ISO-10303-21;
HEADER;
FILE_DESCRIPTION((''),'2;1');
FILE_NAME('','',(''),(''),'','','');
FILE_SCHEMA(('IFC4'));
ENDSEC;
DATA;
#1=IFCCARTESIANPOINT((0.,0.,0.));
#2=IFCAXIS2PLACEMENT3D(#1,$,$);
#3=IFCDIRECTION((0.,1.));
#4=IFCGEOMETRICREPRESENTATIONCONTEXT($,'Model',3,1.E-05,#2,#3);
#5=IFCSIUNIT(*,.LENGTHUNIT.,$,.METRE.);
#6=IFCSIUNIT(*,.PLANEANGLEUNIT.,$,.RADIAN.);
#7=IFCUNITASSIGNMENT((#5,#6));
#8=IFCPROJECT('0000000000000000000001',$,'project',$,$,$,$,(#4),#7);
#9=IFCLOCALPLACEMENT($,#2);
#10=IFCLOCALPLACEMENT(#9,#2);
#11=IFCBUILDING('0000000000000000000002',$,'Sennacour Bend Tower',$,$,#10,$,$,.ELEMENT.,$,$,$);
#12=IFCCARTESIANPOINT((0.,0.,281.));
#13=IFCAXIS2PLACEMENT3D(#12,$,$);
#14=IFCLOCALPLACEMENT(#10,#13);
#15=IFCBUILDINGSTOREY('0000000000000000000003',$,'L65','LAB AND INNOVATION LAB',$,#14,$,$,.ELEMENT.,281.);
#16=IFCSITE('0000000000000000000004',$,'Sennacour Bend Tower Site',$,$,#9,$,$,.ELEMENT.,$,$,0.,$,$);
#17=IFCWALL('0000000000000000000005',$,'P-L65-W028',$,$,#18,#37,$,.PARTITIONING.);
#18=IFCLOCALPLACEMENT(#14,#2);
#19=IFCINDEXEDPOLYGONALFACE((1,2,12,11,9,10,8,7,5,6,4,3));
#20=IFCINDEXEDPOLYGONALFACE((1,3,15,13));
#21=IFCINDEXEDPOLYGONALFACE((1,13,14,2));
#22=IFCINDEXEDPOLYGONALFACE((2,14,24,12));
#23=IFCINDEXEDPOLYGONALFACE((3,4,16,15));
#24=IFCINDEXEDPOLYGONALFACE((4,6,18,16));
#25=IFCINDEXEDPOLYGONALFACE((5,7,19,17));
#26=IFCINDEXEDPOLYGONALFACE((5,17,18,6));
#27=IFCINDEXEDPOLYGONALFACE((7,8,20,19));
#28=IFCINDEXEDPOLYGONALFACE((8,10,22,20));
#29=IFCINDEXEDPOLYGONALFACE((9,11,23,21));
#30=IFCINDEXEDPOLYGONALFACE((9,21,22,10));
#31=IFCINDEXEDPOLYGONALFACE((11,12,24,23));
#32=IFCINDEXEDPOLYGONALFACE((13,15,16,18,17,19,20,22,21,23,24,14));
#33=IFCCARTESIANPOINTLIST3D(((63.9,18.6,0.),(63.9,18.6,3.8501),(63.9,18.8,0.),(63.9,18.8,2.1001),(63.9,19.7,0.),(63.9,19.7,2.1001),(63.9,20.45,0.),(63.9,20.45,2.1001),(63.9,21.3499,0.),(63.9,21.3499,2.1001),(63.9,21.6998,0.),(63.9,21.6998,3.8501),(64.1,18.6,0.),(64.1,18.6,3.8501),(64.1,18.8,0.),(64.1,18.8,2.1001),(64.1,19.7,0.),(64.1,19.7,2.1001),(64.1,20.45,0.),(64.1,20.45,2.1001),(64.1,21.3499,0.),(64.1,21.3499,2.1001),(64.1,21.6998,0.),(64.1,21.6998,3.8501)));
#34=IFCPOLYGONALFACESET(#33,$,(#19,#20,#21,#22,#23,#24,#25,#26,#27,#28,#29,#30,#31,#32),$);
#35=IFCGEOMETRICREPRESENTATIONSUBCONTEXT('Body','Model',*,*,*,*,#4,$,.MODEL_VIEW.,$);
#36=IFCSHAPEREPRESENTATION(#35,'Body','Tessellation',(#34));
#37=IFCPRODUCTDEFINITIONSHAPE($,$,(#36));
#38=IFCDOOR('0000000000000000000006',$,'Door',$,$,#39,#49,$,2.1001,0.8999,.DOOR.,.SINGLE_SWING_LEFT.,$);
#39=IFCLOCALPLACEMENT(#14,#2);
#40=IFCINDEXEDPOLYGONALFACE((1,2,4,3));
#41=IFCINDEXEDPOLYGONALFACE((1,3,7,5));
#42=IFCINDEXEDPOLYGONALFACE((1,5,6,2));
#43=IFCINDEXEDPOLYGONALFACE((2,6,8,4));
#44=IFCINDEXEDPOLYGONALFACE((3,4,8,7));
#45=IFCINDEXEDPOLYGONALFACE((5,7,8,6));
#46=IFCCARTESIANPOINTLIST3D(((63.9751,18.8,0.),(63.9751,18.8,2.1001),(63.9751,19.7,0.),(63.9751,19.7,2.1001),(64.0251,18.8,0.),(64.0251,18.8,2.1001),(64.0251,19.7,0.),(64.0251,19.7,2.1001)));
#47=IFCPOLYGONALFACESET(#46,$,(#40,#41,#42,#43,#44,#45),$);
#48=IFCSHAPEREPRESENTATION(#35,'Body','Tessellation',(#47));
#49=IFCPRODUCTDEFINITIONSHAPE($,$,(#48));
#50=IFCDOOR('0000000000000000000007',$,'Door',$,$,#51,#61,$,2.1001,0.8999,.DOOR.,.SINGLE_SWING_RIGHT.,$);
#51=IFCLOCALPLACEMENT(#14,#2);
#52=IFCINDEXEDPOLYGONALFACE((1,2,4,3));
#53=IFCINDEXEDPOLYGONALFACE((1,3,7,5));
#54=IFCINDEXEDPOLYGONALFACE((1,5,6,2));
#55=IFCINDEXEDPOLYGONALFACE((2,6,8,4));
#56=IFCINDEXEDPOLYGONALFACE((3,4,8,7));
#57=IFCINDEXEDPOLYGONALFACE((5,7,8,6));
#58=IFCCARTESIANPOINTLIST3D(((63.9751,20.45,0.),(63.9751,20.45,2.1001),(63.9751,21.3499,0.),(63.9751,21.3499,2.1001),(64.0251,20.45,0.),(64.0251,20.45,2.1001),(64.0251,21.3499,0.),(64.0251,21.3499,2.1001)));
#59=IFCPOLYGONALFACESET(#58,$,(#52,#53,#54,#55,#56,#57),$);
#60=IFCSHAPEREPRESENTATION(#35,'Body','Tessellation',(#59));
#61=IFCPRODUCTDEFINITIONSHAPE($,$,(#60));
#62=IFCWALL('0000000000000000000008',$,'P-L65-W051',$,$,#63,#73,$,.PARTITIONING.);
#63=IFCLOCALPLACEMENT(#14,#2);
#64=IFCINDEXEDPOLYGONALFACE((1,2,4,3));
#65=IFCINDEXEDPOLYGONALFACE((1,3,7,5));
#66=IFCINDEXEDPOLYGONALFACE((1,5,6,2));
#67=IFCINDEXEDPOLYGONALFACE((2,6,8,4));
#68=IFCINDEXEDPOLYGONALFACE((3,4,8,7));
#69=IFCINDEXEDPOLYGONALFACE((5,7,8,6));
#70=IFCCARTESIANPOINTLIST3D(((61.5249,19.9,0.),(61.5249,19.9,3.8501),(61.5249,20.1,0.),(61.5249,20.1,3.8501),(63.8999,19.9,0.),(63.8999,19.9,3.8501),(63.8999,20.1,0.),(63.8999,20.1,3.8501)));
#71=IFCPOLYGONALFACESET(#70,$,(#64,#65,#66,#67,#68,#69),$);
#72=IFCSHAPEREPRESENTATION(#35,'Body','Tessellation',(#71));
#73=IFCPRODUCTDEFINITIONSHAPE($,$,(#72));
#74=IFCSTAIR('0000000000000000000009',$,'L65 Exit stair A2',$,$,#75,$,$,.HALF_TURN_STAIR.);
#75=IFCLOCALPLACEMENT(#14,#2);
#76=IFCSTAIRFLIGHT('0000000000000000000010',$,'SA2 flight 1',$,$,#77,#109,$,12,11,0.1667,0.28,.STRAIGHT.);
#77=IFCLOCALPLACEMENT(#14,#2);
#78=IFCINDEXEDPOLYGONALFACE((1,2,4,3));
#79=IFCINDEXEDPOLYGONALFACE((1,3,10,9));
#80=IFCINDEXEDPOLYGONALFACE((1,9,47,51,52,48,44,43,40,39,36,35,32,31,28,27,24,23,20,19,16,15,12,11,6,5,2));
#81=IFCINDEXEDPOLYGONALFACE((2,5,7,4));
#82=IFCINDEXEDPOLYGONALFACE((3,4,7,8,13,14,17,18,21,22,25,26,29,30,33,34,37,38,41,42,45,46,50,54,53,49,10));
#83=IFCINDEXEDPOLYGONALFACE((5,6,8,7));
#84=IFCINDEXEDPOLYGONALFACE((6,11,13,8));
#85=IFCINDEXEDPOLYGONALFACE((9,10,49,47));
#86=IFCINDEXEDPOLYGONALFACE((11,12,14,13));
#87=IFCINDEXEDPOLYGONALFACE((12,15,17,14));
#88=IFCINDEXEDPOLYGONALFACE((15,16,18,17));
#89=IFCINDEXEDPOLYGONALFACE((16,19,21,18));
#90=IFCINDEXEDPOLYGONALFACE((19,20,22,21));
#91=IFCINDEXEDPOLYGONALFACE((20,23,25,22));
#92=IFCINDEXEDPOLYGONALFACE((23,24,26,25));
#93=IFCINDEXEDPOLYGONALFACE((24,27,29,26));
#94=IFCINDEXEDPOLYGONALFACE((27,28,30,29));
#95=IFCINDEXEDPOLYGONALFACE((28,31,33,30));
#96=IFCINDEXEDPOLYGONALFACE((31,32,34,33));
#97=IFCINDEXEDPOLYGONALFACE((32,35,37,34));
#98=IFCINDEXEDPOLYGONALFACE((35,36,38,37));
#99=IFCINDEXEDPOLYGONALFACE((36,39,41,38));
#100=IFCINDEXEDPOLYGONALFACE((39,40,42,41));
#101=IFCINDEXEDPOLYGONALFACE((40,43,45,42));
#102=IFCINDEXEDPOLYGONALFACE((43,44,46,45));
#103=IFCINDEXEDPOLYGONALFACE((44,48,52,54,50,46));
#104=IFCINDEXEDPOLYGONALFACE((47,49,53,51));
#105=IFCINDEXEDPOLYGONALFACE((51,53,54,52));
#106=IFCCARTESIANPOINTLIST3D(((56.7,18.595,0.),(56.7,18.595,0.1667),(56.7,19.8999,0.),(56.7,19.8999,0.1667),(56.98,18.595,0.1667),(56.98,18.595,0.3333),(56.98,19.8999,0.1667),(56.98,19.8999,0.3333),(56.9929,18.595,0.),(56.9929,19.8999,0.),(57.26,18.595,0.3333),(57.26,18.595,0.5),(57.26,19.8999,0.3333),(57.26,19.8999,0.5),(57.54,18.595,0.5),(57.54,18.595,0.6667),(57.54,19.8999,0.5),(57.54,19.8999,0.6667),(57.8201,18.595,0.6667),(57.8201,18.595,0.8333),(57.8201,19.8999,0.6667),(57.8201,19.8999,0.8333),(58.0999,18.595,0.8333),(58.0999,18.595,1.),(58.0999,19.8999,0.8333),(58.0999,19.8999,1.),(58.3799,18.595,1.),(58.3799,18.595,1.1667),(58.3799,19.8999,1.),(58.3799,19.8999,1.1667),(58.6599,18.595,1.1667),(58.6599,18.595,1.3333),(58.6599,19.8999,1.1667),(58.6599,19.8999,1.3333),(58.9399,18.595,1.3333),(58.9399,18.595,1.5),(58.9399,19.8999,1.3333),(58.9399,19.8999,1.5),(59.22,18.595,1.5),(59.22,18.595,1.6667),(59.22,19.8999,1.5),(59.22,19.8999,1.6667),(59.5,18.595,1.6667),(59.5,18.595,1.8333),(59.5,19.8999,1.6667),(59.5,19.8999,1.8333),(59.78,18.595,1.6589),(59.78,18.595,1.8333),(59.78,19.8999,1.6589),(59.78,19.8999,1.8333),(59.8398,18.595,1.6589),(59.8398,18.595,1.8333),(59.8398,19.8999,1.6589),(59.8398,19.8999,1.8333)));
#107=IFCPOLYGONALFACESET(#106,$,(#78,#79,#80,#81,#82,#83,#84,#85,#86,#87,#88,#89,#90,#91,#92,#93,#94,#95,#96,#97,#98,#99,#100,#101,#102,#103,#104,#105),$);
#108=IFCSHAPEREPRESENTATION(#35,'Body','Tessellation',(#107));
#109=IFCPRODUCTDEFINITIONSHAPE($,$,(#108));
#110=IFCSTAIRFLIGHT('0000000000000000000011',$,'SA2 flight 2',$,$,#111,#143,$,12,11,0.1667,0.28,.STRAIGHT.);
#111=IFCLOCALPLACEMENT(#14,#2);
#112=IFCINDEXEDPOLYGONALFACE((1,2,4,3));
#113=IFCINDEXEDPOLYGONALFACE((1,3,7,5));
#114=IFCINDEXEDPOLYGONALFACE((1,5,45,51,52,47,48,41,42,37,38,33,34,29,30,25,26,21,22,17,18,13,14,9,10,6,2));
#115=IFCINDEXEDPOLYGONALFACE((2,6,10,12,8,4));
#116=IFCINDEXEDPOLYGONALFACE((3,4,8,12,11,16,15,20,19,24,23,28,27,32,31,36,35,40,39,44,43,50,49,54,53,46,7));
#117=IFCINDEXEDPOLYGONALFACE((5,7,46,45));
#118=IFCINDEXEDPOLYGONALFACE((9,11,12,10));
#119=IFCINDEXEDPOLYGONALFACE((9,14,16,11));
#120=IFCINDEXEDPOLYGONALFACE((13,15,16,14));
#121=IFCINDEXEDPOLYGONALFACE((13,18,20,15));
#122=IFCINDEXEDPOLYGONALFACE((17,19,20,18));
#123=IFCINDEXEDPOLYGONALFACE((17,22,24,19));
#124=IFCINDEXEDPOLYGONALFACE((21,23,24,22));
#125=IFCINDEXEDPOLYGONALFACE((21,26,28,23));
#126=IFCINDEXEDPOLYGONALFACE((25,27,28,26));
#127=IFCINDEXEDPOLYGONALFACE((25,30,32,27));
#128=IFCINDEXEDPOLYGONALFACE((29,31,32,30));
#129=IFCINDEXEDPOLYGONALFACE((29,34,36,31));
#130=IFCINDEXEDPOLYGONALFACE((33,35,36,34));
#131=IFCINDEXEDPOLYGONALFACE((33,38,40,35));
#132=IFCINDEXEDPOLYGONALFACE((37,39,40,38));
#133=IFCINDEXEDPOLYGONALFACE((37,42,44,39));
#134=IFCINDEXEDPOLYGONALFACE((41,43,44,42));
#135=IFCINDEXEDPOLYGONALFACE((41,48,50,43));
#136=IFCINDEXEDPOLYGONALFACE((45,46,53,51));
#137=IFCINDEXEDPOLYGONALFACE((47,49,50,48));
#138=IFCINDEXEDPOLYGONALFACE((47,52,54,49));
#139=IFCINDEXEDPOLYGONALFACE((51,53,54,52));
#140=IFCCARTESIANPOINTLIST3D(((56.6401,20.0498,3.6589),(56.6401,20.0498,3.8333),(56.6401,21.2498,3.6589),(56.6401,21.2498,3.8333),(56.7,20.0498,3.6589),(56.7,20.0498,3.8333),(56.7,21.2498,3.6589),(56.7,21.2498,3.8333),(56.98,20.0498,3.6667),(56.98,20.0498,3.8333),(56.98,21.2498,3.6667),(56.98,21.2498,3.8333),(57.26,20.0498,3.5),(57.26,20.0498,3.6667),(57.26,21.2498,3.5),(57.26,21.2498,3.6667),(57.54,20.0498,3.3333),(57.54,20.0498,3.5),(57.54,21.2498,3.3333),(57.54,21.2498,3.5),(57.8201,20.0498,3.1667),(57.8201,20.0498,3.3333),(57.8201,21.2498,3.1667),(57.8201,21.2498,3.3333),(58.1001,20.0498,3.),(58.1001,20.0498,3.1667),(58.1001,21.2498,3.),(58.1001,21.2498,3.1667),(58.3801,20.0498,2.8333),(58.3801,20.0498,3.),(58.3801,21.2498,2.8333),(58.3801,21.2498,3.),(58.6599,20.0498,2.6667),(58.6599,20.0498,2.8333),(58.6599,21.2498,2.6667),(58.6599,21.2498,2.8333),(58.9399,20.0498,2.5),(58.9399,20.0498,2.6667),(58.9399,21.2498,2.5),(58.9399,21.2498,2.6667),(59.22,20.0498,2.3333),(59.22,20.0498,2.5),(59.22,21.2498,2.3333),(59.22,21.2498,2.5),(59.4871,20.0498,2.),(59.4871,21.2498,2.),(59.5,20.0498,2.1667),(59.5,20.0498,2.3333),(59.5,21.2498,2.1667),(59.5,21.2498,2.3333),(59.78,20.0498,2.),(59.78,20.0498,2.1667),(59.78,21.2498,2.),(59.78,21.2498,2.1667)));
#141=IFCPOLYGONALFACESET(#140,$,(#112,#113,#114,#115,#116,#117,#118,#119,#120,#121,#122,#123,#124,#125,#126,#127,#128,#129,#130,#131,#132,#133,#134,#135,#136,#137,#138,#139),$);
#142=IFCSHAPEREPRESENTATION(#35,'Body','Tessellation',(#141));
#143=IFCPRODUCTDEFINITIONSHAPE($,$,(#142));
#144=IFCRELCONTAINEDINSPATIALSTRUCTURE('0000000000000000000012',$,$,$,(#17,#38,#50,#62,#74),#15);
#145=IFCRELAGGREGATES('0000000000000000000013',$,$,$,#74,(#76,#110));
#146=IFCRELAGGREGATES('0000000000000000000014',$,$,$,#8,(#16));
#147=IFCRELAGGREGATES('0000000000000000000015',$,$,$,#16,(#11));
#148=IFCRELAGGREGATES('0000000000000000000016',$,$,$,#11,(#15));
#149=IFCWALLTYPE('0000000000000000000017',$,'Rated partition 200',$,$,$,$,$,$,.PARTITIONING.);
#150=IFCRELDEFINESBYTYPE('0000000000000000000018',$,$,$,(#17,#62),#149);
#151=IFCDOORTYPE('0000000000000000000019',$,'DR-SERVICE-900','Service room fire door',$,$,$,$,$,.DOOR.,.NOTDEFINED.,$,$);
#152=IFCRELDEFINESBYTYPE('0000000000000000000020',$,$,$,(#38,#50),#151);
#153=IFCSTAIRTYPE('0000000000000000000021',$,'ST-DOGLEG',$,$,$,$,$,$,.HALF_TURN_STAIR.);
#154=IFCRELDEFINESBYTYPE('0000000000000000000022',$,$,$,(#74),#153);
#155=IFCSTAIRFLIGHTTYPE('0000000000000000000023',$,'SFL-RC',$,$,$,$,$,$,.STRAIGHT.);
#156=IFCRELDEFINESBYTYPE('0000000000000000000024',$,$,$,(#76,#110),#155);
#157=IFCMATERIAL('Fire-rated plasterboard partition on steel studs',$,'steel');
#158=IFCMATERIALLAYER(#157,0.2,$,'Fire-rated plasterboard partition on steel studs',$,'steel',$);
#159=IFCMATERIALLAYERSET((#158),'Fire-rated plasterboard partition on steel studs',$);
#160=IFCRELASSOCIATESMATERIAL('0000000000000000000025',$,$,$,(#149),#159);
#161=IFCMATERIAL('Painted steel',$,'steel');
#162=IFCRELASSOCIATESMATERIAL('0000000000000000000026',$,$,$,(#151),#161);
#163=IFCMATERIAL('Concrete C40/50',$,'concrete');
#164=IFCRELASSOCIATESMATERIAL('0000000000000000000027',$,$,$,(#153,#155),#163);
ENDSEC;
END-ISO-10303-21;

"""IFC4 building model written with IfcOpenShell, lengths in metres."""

from ifc_helpers import new_model, si_unit, direction, frame, frame_2d, origin, place, context, subcontext, project, spatial, polyline, rectangle, outline, extrude, material, layer, layer_set, type_object, element, fill, aggregate, save


model = new_model("IFC4")

# Units and contexts
model_context = context("Model", 3, precision=1e-05, world=origin(), true_north=direction((0.0, 1.0)))
body_context = subcontext(model_context, "Body", "Model", "MODEL_VIEW")
ifc_project = project(units=[si_unit("LENGTHUNIT", "METRE"), si_unit("PLANEANGLEUNIT", "RADIAN")], contexts=[model_context])

# Site, building, storey
site_placement = place(None, origin())
site = spatial("IfcSite", under=ifc_project, at=site_placement, Name="Sennacour Bend Tower Site", CompositionType="ELEMENT", RefElevation=0.0)
building_placement = place(site_placement, origin())
building = spatial("IfcBuilding", under=site, at=building_placement, Name="Sennacour Bend Tower", CompositionType="ELEMENT")
storey_placement = place(building_placement, frame((0.0, 0.0, 281.0)))
storey = spatial("IfcBuildingStorey", under=building, at=storey_placement, Name="L65", Description="LAB AND INNOVATION LAB", CompositionType="ELEMENT", Elevation=281.0)

# Wall, openings, doors
ifc_material_1 = material(Name="Fire-rated plasterboard partition on steel studs", Category="steel")
ifc_layer = layer(ifc_material_1, 0.2, Name="Fire-rated plasterboard partition on steel studs", Category="steel")
ifc_layer_set = layer_set([ifc_layer], Name="Fire-rated plasterboard partition on steel studs")
wall_type = type_object("IfcWallType", Name="Rated partition 200", PredefinedType="PARTITIONING", material=ifc_layer_set)
wall_1_placement = place(storey_placement, frame((64.0, 18.6001, 0.0), z_axis=(0.0, 0.0, 1.0), x_axis=(0.0, 1.0, 0.0)))
wall_1 = element("IfcWall", 1, at=wall_1_placement, inside=storey, type_object=wall_type, Name="P-L65-W028", PredefinedType="PARTITIONING", context=body_context, shape_type="SweptSolid", body=[
    extrude(rectangle(XDim=3.0999, YDim=0.2, at=frame_2d((1.5498, 0.0))), origin(), (0.0, 0.0, 1.0), 3.8501),
])
opening_1_placement = place(wall_1_placement, frame((0.2, 0.0, 0.0)))
opening_1 = element("IfcOpeningElement", 2, at=opening_1_placement, cuts=wall_1, PredefinedType="OPENING", context=body_context, shape_type="SweptSolid", body=[
    extrude(rectangle(XDim=0.8999, YDim=2.1001, at=frame_2d((0.45, 1.05))), frame((0.0, 0.1099, 0.0), z_axis=(0.0, -1.0, 0.0), x_axis=(1.0, 0.0, 0.0)), (0.0, 0.0, 1.0), 0.22),
])
opening_2_placement = place(wall_1_placement, frame((1.8499, 0.0, 0.0)))
opening_2 = element("IfcOpeningElement", 3, at=opening_2_placement, cuts=wall_1, PredefinedType="OPENING", context=body_context, shape_type="SweptSolid", body=[
    extrude(rectangle(XDim=0.8999, YDim=2.1001, at=frame_2d((0.45, 1.05))), frame((0.0, 0.1099, 0.0), z_axis=(0.0, -1.0, 0.0), x_axis=(1.0, 0.0, 0.0)), (0.0, 0.0, 1.0), 0.22),
])
ifc_material_2 = material(Name="Painted steel", Category="steel")
door_type = type_object("IfcDoorType", Name="DR-SERVICE-900", Description="Service room fire door", OperationType="NOTDEFINED", PredefinedType="DOOR", material=ifc_material_2)
door_1_placement = place(opening_1_placement, origin())
door_1 = element("IfcDoor", 4, at=door_1_placement, inside=storey, type_object=door_type, Name="Door", OperationType="SINGLE_SWING_LEFT", OverallHeight=2.1001, OverallWidth=0.8999, PredefinedType="DOOR", context=body_context, shape_type="SweptSolid", body=[
    extrude(rectangle(XDim=0.8999, YDim=2.1001, at=frame_2d((0.45, 1.05))), frame((0.0, 0.0249, 0.0), z_axis=(0.0, -1.0, 0.0), x_axis=(1.0, 0.0, 0.0)), (0.0, 0.0, 1.0), 0.05),
])
fill(opening_1, door_1)
door_2_placement = place(opening_2_placement, origin())
door_2 = element("IfcDoor", 5, at=door_2_placement, inside=storey, type_object=door_type, Name="Door", OperationType="SINGLE_SWING_RIGHT", OverallHeight=2.1001, OverallWidth=0.8999, PredefinedType="DOOR", context=body_context, shape_type="SweptSolid", body=[
    extrude(rectangle(XDim=0.8999, YDim=2.1001, at=frame_2d((0.45, 1.05))), frame((0.0, 0.0249, 0.0), z_axis=(0.0, -1.0, 0.0), x_axis=(1.0, 0.0, 0.0)), (0.0, 0.0, 1.0), 0.05),
])
fill(opening_2, door_2)

# Wall
wall_2_placement = place(storey_placement, frame((61.5249, 20.0, 0.0), z_axis=(0.0, 0.0, 1.0), x_axis=(1.0, 0.0, 0.0)))
element("IfcWall", 6, at=wall_2_placement, inside=storey, type_object=wall_type, Name="P-L65-W051", PredefinedType="PARTITIONING", context=body_context, shape_type="SweptSolid", body=[
    extrude(rectangle(XDim=2.375, YDim=0.2, at=frame_2d((1.1875, 0.0))), origin(), (0.0, 0.0, 1.0), 3.8501),
])

# Stair, stair flights
ifc_material_3 = material(Name="Concrete C40/50", Category="concrete")
stair_type = type_object("IfcStairType", Name="ST-DOGLEG", PredefinedType="HALF_TURN_STAIR", material=ifc_material_3)
stair_placement = place(storey_placement, origin())
stair = element("IfcStair", 7, at=stair_placement, inside=storey, type_object=stair_type, Name="L65 Exit stair A2", PredefinedType="HALF_TURN_STAIR")
stair_flight_type = type_object("IfcStairFlightType", Name="SFL-RC", PredefinedType="STRAIGHT", material=ifc_material_3)
stair_flight_1_placement = place(storey_placement, frame((56.7, 19.2476, 0.0), z_axis=(0.0, 0.0, 1.0), x_axis=(1.0, 0.0, 0.0)))
stair_flight_1 = element("IfcStairFlight", 8, at=stair_flight_1_placement, type_object=stair_flight_type, Name="SA2 flight 1", NumberOfRisers=12, NumberOfTreads=11, PredefinedType="STRAIGHT", RiserHeight=0.1667, TreadLength=0.28, context=body_context, shape_type="SweptSolid", body=[
    extrude(outline(polyline([(0.0, 0.0), (0.0, 0.1667), (0.28, 0.1667), (0.28, 0.3333), (0.5601, 0.3333), (0.5601, 0.5), (0.8401, 0.5), (0.8401, 0.6667), (1.1201, 0.6667), (1.1201, 0.8333), (1.3999, 0.8333), (1.3999, 1.0), (1.6799, 1.0), (1.6799, 1.1667), (1.96, 1.1667), (1.96, 1.3333), (2.24, 1.3333), (2.24, 1.5), (2.52, 1.5), (2.52, 1.6667), (2.8, 1.6667), (2.8, 1.8333), (3.0801, 1.8333), (3.1399, 1.8333), (3.1399, 1.6589), (3.0801, 1.6589), (0.293, 0.0), (0.0, 0.0)])), frame((0.0, 0.6523, 0.0), z_axis=(0.0, -1.0, 0.0), x_axis=(1.0, 0.0, 0.0)), (0.0, 0.0, 1.0), 1.3049),
])
stair_flight_2_placement = place(storey_placement, frame((59.78, 20.6499, 2.0), z_axis=(0.0, 0.0, 1.0), x_axis=(-1.0, 0.0, 0.0)))
stair_flight_2 = element("IfcStairFlight", 9, at=stair_flight_2_placement, type_object=stair_flight_type, Name="SA2 flight 2", NumberOfRisers=12, NumberOfTreads=11, PredefinedType="STRAIGHT", RiserHeight=0.1667, TreadLength=0.28, context=body_context, shape_type="SweptSolid", body=[
    extrude(outline(polyline([(0.0, 0.0), (0.0, 0.1667), (0.28, 0.1667), (0.28, 0.3333), (0.5601, 0.3333), (0.5601, 0.5), (0.8401, 0.5), (0.8401, 0.6667), (1.1201, 0.6667), (1.1201, 0.8333), (1.3999, 0.8333), (1.3999, 1.0), (1.6799, 1.0), (1.6799, 1.1667), (1.96, 1.1667), (1.96, 1.3333), (2.24, 1.3333), (2.24, 1.5), (2.52, 1.5), (2.52, 1.6667), (2.8, 1.6667), (2.8, 1.8333), (3.0801, 1.8333), (3.1399, 1.8333), (3.1399, 1.6589), (3.0801, 1.6589), (0.293, 0.0), (0.0, 0.0)])), frame((0.0, 0.6001, 0.0), z_axis=(0.0, -1.0, 0.0), x_axis=(1.0, 0.0, 0.0)), (0.0, 0.0, 1.0), 1.2),
])
aggregate(stair, [stair_flight_1, stair_flight_2])

save(model, "model.ifc")
